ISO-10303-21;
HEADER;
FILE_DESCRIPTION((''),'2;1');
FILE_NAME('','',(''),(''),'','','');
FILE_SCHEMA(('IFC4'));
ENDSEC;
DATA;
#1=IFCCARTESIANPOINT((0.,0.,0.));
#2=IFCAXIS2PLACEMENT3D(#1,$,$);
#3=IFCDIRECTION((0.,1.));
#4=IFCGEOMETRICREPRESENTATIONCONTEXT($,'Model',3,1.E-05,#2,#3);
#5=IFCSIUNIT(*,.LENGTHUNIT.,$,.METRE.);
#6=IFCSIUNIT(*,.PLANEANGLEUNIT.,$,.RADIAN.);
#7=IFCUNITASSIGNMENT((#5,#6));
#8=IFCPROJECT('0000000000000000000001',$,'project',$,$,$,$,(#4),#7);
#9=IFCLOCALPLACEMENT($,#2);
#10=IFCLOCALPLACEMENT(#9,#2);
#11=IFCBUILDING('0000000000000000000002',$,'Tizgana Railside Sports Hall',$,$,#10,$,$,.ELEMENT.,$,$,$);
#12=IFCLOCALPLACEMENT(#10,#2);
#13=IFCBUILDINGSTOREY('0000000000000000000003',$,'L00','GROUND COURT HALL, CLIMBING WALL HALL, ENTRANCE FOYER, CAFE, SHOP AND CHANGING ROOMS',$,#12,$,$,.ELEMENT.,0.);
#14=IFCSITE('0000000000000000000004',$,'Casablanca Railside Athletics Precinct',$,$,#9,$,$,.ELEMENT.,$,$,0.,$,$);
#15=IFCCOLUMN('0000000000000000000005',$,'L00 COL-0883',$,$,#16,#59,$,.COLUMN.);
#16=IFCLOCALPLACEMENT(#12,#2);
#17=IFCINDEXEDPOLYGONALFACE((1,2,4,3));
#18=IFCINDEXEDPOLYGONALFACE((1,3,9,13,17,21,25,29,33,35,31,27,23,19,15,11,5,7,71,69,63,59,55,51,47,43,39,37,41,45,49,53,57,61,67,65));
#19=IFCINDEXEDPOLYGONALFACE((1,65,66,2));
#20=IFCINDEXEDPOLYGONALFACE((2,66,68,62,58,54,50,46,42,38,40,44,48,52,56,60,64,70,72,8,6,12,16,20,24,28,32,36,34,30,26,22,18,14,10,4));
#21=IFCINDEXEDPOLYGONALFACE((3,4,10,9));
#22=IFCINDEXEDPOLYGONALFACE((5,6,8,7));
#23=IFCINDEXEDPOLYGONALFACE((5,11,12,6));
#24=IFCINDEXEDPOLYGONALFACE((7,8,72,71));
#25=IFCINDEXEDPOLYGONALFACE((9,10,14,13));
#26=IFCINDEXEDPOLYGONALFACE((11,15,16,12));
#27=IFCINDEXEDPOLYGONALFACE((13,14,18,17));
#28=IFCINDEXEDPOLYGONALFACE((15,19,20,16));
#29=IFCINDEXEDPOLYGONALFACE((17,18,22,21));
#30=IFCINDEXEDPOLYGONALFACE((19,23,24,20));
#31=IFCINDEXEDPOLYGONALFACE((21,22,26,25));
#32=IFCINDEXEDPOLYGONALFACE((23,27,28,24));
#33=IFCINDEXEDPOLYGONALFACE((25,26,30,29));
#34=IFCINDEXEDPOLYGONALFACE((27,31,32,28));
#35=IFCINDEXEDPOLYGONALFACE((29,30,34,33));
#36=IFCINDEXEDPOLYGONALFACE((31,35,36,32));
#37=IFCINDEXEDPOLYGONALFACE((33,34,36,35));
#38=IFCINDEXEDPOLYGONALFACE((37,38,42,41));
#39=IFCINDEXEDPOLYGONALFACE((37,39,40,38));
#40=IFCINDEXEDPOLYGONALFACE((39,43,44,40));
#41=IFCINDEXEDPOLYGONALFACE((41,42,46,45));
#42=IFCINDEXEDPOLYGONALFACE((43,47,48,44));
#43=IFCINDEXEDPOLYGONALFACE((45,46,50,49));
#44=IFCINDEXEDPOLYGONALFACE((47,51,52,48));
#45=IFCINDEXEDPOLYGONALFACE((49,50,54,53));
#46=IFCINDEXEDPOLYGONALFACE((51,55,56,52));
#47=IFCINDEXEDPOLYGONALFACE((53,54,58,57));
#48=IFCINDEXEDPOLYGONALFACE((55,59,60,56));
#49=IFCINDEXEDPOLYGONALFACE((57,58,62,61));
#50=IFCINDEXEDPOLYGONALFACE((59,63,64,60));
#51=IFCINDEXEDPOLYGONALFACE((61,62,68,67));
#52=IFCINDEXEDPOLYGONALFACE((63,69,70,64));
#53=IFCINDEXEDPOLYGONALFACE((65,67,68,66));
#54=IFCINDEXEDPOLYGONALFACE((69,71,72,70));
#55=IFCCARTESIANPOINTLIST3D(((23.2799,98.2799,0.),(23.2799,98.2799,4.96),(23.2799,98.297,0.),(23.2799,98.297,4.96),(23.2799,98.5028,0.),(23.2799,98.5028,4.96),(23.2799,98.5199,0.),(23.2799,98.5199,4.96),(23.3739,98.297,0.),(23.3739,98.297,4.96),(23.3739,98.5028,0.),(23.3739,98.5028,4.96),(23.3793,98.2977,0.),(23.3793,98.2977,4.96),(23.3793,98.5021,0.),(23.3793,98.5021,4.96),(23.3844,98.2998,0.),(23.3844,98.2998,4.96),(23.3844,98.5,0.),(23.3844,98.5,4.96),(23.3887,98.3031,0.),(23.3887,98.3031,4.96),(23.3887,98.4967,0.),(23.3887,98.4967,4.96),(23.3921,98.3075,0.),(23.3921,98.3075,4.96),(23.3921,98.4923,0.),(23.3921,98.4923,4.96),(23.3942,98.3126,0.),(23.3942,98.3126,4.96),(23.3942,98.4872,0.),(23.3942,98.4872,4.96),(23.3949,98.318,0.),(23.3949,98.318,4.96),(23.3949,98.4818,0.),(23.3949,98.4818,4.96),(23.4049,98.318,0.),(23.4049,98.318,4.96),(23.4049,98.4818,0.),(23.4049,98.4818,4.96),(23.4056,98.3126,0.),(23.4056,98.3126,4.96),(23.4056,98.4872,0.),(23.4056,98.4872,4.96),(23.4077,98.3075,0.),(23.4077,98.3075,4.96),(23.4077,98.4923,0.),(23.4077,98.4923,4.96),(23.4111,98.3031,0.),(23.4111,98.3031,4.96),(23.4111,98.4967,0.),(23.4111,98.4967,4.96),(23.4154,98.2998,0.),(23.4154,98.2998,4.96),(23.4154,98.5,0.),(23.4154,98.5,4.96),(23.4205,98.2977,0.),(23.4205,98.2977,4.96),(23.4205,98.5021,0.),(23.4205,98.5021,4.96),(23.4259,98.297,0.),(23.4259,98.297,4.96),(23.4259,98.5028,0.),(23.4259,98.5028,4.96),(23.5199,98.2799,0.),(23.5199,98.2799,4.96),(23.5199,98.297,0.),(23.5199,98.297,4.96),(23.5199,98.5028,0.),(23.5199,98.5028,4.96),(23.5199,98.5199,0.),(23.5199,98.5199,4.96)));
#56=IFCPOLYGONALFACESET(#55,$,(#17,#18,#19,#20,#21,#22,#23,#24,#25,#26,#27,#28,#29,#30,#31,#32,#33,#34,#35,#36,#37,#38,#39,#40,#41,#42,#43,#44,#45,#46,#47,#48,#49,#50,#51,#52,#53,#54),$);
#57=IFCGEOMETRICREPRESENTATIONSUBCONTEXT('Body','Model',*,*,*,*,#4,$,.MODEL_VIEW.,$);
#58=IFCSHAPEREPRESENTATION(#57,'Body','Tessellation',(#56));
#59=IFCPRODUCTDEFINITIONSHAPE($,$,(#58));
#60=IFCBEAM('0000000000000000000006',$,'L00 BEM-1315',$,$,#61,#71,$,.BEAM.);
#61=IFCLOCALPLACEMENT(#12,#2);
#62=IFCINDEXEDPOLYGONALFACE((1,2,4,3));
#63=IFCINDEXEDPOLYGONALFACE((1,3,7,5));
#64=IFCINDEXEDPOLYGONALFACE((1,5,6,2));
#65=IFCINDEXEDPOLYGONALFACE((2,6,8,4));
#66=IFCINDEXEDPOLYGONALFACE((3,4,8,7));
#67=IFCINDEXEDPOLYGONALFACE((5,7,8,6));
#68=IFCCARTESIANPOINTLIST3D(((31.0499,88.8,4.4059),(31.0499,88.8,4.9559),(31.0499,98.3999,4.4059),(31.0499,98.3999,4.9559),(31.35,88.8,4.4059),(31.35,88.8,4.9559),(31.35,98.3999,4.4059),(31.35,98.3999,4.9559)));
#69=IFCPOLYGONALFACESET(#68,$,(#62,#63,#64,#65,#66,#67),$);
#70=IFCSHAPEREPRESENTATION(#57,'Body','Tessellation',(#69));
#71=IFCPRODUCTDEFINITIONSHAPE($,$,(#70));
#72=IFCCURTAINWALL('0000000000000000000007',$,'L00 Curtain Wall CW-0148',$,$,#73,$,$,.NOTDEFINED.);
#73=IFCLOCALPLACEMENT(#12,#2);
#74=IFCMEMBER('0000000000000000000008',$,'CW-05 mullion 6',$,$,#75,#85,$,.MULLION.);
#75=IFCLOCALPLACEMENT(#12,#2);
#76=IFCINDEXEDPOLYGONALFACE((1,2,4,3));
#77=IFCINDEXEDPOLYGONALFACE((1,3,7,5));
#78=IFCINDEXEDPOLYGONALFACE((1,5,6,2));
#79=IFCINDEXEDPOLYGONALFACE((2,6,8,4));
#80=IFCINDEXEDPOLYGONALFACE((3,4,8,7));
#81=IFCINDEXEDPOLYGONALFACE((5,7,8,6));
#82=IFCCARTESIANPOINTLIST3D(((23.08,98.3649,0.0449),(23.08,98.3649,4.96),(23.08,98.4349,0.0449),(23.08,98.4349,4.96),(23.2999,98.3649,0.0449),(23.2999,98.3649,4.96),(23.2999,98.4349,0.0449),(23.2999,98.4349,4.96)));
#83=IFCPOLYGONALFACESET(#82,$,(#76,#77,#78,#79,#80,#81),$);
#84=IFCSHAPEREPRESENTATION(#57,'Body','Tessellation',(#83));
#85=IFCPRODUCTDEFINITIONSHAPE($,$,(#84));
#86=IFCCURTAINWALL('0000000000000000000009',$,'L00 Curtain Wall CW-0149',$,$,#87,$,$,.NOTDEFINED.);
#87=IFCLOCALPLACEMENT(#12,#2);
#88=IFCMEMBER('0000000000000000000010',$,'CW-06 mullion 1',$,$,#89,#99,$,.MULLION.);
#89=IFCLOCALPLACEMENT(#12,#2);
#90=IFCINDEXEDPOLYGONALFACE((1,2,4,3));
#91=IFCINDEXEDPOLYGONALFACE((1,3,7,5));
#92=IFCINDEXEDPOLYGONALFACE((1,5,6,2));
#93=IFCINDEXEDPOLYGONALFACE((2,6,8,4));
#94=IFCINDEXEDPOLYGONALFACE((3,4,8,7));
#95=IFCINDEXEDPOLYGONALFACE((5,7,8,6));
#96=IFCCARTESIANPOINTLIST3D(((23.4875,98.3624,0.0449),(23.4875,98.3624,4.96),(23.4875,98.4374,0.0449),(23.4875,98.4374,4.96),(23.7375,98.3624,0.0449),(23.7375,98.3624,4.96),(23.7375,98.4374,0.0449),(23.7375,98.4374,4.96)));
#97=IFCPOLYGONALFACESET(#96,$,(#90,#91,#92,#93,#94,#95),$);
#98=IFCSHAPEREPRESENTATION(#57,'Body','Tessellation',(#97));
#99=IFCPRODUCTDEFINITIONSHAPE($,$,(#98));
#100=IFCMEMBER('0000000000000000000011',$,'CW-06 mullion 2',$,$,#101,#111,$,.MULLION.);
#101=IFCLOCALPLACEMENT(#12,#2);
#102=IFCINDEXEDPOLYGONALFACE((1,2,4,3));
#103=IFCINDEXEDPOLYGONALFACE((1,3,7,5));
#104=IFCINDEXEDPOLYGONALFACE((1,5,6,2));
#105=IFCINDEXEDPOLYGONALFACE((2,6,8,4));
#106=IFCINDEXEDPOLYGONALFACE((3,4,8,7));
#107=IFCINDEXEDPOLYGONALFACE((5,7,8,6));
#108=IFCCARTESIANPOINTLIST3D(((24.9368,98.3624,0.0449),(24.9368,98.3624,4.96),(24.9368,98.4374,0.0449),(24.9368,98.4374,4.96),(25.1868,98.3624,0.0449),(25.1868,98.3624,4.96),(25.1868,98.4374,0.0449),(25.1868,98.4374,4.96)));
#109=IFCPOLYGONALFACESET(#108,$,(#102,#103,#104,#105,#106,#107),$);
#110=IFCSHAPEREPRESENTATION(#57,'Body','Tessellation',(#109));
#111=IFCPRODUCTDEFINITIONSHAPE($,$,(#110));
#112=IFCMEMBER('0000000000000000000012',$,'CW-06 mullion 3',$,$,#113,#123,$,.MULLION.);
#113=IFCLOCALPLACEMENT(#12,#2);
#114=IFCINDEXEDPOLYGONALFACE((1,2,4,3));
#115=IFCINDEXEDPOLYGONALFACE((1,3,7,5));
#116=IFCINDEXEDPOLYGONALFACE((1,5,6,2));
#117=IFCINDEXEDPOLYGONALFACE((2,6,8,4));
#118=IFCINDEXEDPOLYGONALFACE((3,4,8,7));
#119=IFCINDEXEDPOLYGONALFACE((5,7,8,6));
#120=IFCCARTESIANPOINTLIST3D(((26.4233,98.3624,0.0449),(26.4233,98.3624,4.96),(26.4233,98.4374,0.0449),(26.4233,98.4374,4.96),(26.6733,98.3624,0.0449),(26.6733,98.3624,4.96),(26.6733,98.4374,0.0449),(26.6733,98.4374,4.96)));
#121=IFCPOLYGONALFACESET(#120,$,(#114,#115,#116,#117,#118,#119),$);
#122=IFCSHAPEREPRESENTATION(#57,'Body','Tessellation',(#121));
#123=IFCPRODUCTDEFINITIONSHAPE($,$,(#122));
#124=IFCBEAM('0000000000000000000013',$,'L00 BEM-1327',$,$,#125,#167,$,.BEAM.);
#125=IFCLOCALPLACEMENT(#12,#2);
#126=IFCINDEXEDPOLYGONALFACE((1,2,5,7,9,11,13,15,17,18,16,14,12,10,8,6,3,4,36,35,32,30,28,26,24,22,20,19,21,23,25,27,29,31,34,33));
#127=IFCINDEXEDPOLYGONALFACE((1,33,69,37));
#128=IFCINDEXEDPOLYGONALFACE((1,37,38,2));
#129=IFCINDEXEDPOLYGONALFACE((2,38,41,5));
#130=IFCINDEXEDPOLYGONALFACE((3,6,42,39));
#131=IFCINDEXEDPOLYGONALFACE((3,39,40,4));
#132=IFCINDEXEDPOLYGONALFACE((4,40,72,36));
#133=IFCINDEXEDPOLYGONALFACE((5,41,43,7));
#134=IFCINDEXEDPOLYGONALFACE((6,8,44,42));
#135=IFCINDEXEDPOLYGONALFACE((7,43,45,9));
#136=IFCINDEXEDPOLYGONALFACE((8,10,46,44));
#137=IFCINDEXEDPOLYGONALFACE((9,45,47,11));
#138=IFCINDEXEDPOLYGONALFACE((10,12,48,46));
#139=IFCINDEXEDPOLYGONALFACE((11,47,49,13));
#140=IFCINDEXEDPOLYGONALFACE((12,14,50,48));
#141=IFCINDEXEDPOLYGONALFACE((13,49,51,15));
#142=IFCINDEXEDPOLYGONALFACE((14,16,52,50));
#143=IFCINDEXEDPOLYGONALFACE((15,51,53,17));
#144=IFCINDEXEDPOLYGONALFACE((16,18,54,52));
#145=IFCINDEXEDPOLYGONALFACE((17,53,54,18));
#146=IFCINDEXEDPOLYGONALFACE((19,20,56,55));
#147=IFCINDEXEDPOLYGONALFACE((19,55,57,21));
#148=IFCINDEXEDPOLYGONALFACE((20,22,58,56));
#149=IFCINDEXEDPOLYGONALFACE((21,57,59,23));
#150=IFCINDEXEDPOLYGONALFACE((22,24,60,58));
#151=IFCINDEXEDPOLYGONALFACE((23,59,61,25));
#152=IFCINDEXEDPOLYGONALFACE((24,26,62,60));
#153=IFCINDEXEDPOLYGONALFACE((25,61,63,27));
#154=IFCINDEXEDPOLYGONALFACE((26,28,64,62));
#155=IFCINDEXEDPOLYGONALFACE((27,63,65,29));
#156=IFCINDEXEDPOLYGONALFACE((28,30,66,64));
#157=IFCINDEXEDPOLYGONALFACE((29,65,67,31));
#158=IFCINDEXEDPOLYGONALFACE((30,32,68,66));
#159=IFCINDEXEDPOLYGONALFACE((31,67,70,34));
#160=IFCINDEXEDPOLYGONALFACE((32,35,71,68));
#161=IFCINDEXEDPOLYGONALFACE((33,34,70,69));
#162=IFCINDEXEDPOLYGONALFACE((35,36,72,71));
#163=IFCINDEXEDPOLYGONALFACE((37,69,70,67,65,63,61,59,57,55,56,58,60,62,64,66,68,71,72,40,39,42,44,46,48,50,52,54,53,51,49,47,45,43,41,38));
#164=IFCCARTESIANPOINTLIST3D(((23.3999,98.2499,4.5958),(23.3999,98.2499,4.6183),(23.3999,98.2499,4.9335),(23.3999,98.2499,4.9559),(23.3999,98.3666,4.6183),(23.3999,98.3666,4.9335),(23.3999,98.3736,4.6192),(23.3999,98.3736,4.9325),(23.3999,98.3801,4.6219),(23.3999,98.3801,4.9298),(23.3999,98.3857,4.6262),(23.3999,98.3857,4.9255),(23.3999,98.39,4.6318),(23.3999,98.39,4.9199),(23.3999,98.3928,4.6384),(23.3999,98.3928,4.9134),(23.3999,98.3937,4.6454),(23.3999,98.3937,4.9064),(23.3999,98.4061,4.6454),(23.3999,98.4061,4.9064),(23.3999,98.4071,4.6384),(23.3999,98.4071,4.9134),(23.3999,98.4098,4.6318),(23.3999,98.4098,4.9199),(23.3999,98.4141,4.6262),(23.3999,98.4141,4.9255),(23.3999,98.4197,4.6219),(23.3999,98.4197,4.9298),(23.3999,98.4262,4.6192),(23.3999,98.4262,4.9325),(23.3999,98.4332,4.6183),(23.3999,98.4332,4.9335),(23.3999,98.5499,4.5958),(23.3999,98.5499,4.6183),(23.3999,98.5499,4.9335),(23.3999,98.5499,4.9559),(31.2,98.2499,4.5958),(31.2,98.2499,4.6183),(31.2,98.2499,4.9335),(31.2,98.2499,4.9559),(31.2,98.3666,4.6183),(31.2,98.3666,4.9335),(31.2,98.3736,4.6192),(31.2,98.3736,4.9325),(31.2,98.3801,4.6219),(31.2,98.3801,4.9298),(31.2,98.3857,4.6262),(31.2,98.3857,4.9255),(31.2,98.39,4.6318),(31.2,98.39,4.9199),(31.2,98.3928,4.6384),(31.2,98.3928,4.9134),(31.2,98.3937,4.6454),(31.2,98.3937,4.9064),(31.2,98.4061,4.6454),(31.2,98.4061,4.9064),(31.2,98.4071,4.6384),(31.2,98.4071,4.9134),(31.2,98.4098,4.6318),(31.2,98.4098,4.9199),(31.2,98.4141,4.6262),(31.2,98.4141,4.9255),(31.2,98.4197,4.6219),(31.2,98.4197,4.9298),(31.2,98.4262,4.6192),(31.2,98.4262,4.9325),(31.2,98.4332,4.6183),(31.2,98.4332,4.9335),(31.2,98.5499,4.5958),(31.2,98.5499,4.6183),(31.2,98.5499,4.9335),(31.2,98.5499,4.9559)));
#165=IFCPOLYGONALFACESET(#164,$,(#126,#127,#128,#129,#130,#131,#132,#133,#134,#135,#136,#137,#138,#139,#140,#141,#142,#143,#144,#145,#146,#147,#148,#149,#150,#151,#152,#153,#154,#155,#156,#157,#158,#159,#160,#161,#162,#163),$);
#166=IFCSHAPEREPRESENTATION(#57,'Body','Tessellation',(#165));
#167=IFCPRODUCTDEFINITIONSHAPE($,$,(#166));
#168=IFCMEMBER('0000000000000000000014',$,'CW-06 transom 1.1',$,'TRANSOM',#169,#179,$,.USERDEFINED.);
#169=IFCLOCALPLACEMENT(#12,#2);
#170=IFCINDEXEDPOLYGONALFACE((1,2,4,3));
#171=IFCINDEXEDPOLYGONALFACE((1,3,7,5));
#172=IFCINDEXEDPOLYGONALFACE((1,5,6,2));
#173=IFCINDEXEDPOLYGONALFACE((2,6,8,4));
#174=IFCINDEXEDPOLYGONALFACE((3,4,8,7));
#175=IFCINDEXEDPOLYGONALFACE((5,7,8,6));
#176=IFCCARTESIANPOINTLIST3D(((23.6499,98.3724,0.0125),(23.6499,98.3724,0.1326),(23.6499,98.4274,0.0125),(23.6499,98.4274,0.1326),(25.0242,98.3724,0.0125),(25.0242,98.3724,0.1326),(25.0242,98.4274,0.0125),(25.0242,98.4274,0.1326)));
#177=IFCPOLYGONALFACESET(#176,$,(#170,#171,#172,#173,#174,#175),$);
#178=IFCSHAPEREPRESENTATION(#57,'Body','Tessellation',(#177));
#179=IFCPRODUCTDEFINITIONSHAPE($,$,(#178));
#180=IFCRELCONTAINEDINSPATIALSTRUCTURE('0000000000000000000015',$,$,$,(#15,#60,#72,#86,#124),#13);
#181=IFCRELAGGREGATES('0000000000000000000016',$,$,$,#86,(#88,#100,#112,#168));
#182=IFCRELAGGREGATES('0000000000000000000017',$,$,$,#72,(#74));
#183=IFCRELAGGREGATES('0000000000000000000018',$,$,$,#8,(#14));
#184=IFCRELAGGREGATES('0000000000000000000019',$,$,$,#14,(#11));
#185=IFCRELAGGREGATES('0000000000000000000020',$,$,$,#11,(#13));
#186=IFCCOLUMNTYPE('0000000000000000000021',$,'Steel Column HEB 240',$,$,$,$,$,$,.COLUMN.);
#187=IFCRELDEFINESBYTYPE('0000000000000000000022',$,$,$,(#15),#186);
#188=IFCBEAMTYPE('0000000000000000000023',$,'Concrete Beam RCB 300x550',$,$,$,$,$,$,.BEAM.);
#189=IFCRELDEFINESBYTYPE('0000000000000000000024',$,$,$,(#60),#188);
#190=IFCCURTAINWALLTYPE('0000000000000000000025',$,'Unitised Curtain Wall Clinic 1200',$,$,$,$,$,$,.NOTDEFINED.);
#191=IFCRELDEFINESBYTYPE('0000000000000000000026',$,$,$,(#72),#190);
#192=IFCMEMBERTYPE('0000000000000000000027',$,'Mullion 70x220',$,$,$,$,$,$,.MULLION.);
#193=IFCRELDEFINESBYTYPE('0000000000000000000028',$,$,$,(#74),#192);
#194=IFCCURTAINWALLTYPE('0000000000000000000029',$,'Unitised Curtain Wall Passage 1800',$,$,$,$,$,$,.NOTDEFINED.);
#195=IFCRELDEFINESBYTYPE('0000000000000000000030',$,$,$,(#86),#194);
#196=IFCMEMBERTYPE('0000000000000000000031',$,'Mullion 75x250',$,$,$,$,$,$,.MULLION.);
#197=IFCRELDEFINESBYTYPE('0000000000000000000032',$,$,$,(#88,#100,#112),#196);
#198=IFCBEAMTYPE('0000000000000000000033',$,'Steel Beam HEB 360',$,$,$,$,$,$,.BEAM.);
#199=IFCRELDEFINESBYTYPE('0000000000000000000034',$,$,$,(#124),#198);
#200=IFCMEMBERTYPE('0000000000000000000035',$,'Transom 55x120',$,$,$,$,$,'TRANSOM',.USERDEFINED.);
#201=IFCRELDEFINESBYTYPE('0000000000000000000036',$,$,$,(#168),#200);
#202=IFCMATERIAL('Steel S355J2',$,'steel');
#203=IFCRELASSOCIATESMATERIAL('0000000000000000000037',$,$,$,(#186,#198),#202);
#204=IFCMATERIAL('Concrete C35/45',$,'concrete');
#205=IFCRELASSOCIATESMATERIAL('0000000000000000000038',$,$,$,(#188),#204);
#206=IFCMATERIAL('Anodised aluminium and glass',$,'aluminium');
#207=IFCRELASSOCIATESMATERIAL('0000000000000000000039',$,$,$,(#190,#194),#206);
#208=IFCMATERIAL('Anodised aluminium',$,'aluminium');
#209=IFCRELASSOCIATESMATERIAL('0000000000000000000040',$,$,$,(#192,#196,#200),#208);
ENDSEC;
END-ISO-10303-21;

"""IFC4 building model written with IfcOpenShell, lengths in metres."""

from ifc_helpers import new_model, si_unit, direction, frame, origin, origin_2d, place, context, subcontext, project, spatial, rectangle, i_section, extrude, material, material_profile, profile_set, type_object, element, aggregate, save


model = new_model("IFC4")

# Units and contexts
model_context = context("Model", 3, precision=1e-05, world=origin(), true_north=direction((0.0, 1.0)))
body_context = subcontext(model_context, "Body", "Model", "MODEL_VIEW")
ifc_project = project(units=[si_unit("LENGTHUNIT", "METRE"), si_unit("PLANEANGLEUNIT", "RADIAN")], contexts=[model_context])

# Site, building, storey
site_placement = place(None, origin())
site = spatial("IfcSite", under=ifc_project, at=site_placement, Name="Casablanca Railside Athletics Precinct", CompositionType="ELEMENT", RefElevation=0.0)
building_placement = place(site_placement, origin())
building = spatial("IfcBuilding", under=site, at=building_placement, Name="Tizgana Railside Sports Hall", CompositionType="ELEMENT")
storey_placement = place(building_placement, origin())
storey = spatial("IfcBuildingStorey", under=building, at=storey_placement, Name="L00", Description="GROUND COURT HALL, CLIMBING WALL HALL, ENTRANCE FOYER, CAFE, SHOP AND CHANGING ROOMS", CompositionType="ELEMENT", Elevation=0.0)

# Column
ifc_material_1 = material(Name="Steel S355J2", Category="steel")
ifc_material_profile_1 = material_profile(ifc_material_1, i_section(OverallWidth=0.24, OverallDepth=0.24, WebThickness=0.01, FlangeThickness=0.0171, FilletRadius=0.021, at=origin_2d()), Name="HEB 240")
ifc_profile_set_1 = profile_set([ifc_material_profile_1], Name="Steel S355J2")
column_type = type_object("IfcColumnType", Name="Steel Column HEB 240", PredefinedType="COLUMN", material=ifc_profile_set_1)
column_placement = place(storey_placement, frame((23.3999, 98.3999, 0.0), z_axis=(0.0, 0.0, 1.0), x_axis=(1.0, 0.0, 0.0)))
element("IfcColumn", 1, at=column_placement, inside=storey, type_object=column_type, Name="L00 COL-0883", PredefinedType="COLUMN", context=body_context, shape_type="SweptSolid", body=[
    extrude(i_section(OverallWidth=0.24, OverallDepth=0.24, WebThickness=0.01, FlangeThickness=0.0171, FilletRadius=0.021, at=origin_2d()), origin(), (0.0, 0.0, 1.0), 4.96),
])

# Beam
ifc_material_2 = material(Name="Concrete C35/45", Category="concrete")
ifc_material_profile_2 = material_profile(ifc_material_2, rectangle(XDim=0.3, YDim=0.55, at=origin_2d()), Name="RCB 300x550")
ifc_profile_set_2 = profile_set([ifc_material_profile_2], Name="Concrete C35/45")
beam_type_1 = type_object("IfcBeamType", Name="Concrete Beam RCB 300x550", PredefinedType="BEAM", material=ifc_profile_set_2)
beam_1_placement = place(storey_placement, frame((31.2, 88.8, 4.6809), z_axis=(0.0, 1.0, 0.0), x_axis=(-1.0, 0.0, 0.0)))
element("IfcBeam", 2, at=beam_1_placement, inside=storey, type_object=beam_type_1, Name="L00 BEM-1315", PredefinedType="BEAM", context=body_context, shape_type="SweptSolid", body=[
    extrude(rectangle(XDim=0.3, YDim=0.55, at=origin_2d()), origin(), (0.0, 0.0, 1.0), 9.5999),
])

# Curtain wall, member
ifc_material_3 = material(Name="Anodised aluminium and glass", Category="aluminium")
curtain_wall_type_1 = type_object("IfcCurtainWallType", Name="Unitised Curtain Wall Clinic 1200", PredefinedType="NOTDEFINED", material=ifc_material_3)
curtain_wall_1_placement = place(storey_placement, origin())
curtain_wall_1 = element("IfcCurtainWall", 3, at=curtain_wall_1_placement, inside=storey, type_object=curtain_wall_type_1, Name="L00 Curtain Wall CW-0148", PredefinedType="NOTDEFINED")
ifc_material_4 = material(Name="Anodised aluminium", Category="aluminium")
ifc_material_profile_3 = material_profile(ifc_material_4, rectangle(XDim=0.0701, YDim=0.22, at=origin_2d()), Name="Mullion 70x220")
ifc_profile_set_3 = profile_set([ifc_material_profile_3], Name="Anodised aluminium")
member_type_1 = type_object("IfcMemberType", Name="Mullion 70x220", PredefinedType="MULLION", material=ifc_profile_set_3)
member_1_placement = place(storey_placement, frame((23.1899, 98.3999, 0.0449), z_axis=(0.0, 0.0, 1.0), x_axis=(0.0, 1.0, 0.0)))
member_1 = element("IfcMember", 4, at=member_1_placement, type_object=member_type_1, Name="CW-05 mullion 6", PredefinedType="MULLION", context=body_context, shape_type="SweptSolid", body=[
    extrude(rectangle(XDim=0.0701, YDim=0.22, at=origin_2d()), origin(), (0.0, 0.0, 1.0), 4.915),
])

# Curtain wall, members
curtain_wall_type_2 = type_object("IfcCurtainWallType", Name="Unitised Curtain Wall Passage 1800", PredefinedType="NOTDEFINED", material=ifc_material_3)
curtain_wall_2_placement = place(storey_placement, origin())
curtain_wall_2 = element("IfcCurtainWall", 5, at=curtain_wall_2_placement, inside=storey, type_object=curtain_wall_type_2, Name="L00 Curtain Wall CW-0149", PredefinedType="NOTDEFINED")
ifc_material_profile_4 = material_profile(ifc_material_4, rectangle(XDim=0.075, YDim=0.25, at=origin_2d()), Name="Mullion 75x250")
ifc_profile_set_4 = profile_set([ifc_material_profile_4], Name="Anodised aluminium")
member_type_2 = type_object("IfcMemberType", Name="Mullion 75x250", PredefinedType="MULLION", material=ifc_profile_set_4)
member_2_placement = place(storey_placement, frame((23.6125, 98.3999, 0.0449), z_axis=(0.0, 0.0, 1.0), x_axis=(0.0, 1.0, 0.0)))
member_2 = element("IfcMember", 6, at=member_2_placement, type_object=member_type_2, Name="CW-06 mullion 1", PredefinedType="MULLION", context=body_context, shape_type="SweptSolid", body=[
    extrude(rectangle(XDim=0.075, YDim=0.25, at=origin_2d()), origin(), (0.0, 0.0, 1.0), 4.915),
])
member_3_placement = place(storey_placement, frame((25.0618, 98.3999, 0.0449), z_axis=(0.0, 0.0, 1.0), x_axis=(0.0, 1.0, 0.0)))
member_3 = element("IfcMember", 7, at=member_3_placement, type_object=member_type_2, Name="CW-06 mullion 2", PredefinedType="MULLION", context=body_context, shape_type="SweptSolid", body=[
    extrude(rectangle(XDim=0.075, YDim=0.25, at=origin_2d()), origin(), (0.0, 0.0, 1.0), 4.915),
])
member_4_placement = place(storey_placement, frame((26.5483, 98.3999, 0.0449), z_axis=(0.0, 0.0, 1.0), x_axis=(0.0, 1.0, 0.0)))
member_4 = element("IfcMember", 8, at=member_4_placement, type_object=member_type_2, Name="CW-06 mullion 3", PredefinedType="MULLION", context=body_context, shape_type="SweptSolid", body=[
    extrude(rectangle(XDim=0.075, YDim=0.25, at=origin_2d()), origin(), (0.0, 0.0, 1.0), 4.915),
])

# Beam
ifc_material_profile_5 = material_profile(ifc_material_1, i_section(OverallWidth=0.3, OverallDepth=0.3601, WebThickness=0.0125, FlangeThickness=0.0225, FilletRadius=0.0271, at=origin_2d()), Name="HEB 360")
ifc_profile_set_5 = profile_set([ifc_material_profile_5], Name="Steel S355J2")
beam_type_2 = type_object("IfcBeamType", Name="Steel Beam HEB 360", PredefinedType="BEAM", material=ifc_profile_set_5)
beam_2_placement = place(storey_placement, frame((23.3999, 98.3999, 4.7759), z_axis=(1.0, 0.0, 0.0), x_axis=(0.0, 1.0, 0.0)))
element("IfcBeam", 9, at=beam_2_placement, inside=storey, type_object=beam_type_2, Name="L00 BEM-1327", PredefinedType="BEAM", context=body_context, shape_type="SweptSolid", body=[
    extrude(i_section(OverallWidth=0.3, OverallDepth=0.3601, WebThickness=0.0125, FlangeThickness=0.0225, FilletRadius=0.0271, at=origin_2d()), origin(), (0.0, 0.0, 1.0), 7.8),
])

# Member
ifc_material_profile_6 = material_profile(ifc_material_4, rectangle(XDim=0.0549, YDim=0.1201, at=origin_2d()), Name="Transom 55x120")
ifc_profile_set_6 = profile_set([ifc_material_profile_6], Name="Anodised aluminium")
member_type_3 = type_object("IfcMemberType", Name="Transom 55x120", ElementType="TRANSOM", PredefinedType="USERDEFINED", material=ifc_profile_set_6)
member_5_placement = place(storey_placement, frame((23.6499, 98.3999, 0.0725), z_axis=(1.0, 0.0, 0.0), x_axis=(0.0, 1.0, 0.0)))
member_5 = element("IfcMember", 10, at=member_5_placement, type_object=member_type_3, Name="CW-06 transom 1.1", ObjectType="TRANSOM", PredefinedType="USERDEFINED", context=body_context, shape_type="SweptSolid", body=[
    extrude(rectangle(XDim=0.0549, YDim=0.1201, at=origin_2d()), origin(), (0.0, 0.0, 1.0), 1.3743),
])

aggregate(curtain_wall_2, [member_2, member_3, member_4, member_5])
aggregate(curtain_wall_1, [member_1])

save(model, "model.ifc")
